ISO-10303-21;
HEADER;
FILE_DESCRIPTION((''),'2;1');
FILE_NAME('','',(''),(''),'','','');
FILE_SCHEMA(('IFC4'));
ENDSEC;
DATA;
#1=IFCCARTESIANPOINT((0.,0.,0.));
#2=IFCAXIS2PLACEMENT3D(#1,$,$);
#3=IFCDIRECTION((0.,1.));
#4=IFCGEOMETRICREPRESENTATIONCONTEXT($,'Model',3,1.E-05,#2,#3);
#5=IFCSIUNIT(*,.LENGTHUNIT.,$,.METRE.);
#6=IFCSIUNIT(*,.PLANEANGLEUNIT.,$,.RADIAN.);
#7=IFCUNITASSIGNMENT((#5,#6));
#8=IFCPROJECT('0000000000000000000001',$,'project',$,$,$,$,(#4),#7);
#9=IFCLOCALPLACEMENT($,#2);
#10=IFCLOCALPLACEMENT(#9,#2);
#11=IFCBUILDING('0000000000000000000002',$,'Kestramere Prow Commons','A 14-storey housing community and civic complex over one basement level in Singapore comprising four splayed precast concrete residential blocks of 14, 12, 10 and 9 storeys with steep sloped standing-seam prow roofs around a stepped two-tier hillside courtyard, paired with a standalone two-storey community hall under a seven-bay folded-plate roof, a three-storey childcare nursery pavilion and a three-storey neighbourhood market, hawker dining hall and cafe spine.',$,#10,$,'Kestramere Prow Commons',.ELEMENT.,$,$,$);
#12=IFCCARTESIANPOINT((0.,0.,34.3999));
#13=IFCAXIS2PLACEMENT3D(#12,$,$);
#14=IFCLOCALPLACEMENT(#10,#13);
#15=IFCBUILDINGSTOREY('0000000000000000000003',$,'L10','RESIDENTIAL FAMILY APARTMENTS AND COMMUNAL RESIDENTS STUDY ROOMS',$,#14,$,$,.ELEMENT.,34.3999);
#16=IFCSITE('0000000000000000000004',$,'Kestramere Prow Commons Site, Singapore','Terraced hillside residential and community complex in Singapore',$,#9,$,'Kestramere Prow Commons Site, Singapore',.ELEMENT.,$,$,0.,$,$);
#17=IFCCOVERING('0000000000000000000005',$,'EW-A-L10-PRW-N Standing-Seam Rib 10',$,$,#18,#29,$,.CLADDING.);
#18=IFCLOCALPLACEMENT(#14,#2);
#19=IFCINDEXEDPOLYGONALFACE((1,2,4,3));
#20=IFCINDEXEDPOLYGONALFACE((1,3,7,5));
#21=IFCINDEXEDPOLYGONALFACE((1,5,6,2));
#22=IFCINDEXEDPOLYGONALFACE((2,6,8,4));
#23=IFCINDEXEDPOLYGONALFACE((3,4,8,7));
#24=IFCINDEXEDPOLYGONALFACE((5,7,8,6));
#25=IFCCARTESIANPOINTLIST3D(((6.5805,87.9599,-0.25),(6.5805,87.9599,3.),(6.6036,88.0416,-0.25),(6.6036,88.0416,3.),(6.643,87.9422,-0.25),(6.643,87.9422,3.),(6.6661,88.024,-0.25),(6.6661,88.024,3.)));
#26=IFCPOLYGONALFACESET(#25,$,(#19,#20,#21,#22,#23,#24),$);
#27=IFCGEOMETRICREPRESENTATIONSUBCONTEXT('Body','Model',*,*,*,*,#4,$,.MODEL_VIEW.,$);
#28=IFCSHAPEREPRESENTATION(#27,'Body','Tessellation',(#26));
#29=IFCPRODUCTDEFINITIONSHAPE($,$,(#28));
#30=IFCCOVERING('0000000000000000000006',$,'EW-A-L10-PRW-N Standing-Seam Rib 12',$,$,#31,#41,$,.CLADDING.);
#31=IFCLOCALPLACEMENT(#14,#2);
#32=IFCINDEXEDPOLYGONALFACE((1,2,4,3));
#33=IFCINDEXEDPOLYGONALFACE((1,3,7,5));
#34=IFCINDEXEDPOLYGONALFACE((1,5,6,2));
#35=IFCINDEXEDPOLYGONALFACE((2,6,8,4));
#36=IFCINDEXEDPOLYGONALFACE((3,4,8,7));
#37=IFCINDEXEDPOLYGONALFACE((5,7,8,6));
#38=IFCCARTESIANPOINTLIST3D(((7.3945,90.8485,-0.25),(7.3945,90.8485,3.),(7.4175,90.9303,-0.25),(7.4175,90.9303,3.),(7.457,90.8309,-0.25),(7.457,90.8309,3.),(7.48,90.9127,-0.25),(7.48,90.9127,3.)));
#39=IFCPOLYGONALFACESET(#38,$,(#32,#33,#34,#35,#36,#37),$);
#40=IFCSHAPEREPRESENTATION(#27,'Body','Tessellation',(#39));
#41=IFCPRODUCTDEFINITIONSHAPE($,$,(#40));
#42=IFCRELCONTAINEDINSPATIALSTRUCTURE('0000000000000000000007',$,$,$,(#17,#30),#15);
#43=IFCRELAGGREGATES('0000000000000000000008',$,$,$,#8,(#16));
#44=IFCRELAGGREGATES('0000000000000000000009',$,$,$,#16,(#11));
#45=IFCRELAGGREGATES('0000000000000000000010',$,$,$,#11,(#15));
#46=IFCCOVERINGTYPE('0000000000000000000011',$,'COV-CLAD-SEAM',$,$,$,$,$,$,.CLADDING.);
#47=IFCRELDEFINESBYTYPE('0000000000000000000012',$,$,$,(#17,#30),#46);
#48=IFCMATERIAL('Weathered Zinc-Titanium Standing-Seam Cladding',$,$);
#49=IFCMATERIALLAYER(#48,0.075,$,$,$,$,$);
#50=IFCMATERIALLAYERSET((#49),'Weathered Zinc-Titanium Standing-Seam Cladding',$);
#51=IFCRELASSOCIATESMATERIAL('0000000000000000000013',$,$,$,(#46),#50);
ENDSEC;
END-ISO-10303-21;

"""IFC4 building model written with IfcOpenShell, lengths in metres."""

from ifc_helpers import new_model, si_unit, direction, frame, origin, origin_2d, place, context, subcontext, project, spatial, rectangle, extrude, material, layer, layer_set, type_object, element, save


model = new_model("IFC4")

# Units and contexts
model_context = context("Model", 3, precision=1e-05, world=origin(), true_north=direction((0.0, 1.0)))
body_context = subcontext(model_context, "Body", "Model", "MODEL_VIEW")
ifc_project = project(units=[si_unit("LENGTHUNIT", "METRE"), si_unit("PLANEANGLEUNIT", "RADIAN")], contexts=[model_context])

# Site, building, storey
site_placement = place(None, origin())
site = spatial("IfcSite", under=ifc_project, at=site_placement, Name="Kestramere Prow Commons Site, Singapore", Description="Terraced hillside residential and community complex in Singapore", LongName="Kestramere Prow Commons Site, Singapore", CompositionType="ELEMENT", RefElevation=0.0)
building_placement = place(site_placement, origin())
building = spatial("IfcBuilding", under=site, at=building_placement, Name="Kestramere Prow Commons", Description="A 14-storey housing community and civic complex over one basement level in Singapore comprising four splayed precast concrete residential blocks of 14, 12, 10 and 9 storeys with steep sloped standing-seam prow roofs around a stepped two-tier hillside courtyard, paired with a standalone two-storey community hall under a seven-bay folded-plate roof, a three-storey childcare nursery pavilion and a three-storey neighbourhood market, hawker dining hall and cafe spine.", LongName="Kestramere Prow Commons", CompositionType="ELEMENT")
storey_placement = place(building_placement, frame((0.0, 0.0, 34.3999)))
storey = spatial("IfcBuildingStorey", under=building, at=storey_placement, Name="L10", Description="RESIDENTIAL FAMILY APARTMENTS AND COMMUNAL RESIDENTS STUDY ROOMS", CompositionType="ELEMENT", Elevation=34.3999)

# Coverings
ifc_material_1 = material(Name="Weathered Zinc-Titanium Standing-Seam Cladding")
ifc_layer_1 = layer(ifc_material_1, 0.075)
ifc_layer_set_1 = layer_set([ifc_layer_1], Name="Weathered Zinc-Titanium Standing-Seam Cladding")
covering_type = type_object("IfcCoveringType", Name="COV-CLAD-SEAM", PredefinedType="CLADDING", material=ifc_layer_set_1)
for number, where, z_axis, x_axis, name in (
    (1, (6.6233, 87.9919, -0.25), (0.0, 0.0, 1.0), (0.27116, 0.962534, 0.0), "EW-A-L10-PRW-N Standing-Seam Rib 10"),
    (2, (7.4373, 90.8806, -0.25), (0.0, 0.0, 1.0), (0.27116, 0.962534, 0.0), "EW-A-L10-PRW-N Standing-Seam Rib 12"),
):
    element("IfcCovering", number, at=place(storey_placement, frame(where, z_axis=z_axis, x_axis=x_axis)), inside=storey, type_object=covering_type, Name=name, PredefinedType="CLADDING", context=body_context, shape_type="SweptSolid", body=[
        extrude(rectangle(XDim=0.085, YDim=0.0649, at=origin_2d()), origin(), (0.0, 0.0, 1.0), 3.25),
    ])

save(model, "model.ifc")
